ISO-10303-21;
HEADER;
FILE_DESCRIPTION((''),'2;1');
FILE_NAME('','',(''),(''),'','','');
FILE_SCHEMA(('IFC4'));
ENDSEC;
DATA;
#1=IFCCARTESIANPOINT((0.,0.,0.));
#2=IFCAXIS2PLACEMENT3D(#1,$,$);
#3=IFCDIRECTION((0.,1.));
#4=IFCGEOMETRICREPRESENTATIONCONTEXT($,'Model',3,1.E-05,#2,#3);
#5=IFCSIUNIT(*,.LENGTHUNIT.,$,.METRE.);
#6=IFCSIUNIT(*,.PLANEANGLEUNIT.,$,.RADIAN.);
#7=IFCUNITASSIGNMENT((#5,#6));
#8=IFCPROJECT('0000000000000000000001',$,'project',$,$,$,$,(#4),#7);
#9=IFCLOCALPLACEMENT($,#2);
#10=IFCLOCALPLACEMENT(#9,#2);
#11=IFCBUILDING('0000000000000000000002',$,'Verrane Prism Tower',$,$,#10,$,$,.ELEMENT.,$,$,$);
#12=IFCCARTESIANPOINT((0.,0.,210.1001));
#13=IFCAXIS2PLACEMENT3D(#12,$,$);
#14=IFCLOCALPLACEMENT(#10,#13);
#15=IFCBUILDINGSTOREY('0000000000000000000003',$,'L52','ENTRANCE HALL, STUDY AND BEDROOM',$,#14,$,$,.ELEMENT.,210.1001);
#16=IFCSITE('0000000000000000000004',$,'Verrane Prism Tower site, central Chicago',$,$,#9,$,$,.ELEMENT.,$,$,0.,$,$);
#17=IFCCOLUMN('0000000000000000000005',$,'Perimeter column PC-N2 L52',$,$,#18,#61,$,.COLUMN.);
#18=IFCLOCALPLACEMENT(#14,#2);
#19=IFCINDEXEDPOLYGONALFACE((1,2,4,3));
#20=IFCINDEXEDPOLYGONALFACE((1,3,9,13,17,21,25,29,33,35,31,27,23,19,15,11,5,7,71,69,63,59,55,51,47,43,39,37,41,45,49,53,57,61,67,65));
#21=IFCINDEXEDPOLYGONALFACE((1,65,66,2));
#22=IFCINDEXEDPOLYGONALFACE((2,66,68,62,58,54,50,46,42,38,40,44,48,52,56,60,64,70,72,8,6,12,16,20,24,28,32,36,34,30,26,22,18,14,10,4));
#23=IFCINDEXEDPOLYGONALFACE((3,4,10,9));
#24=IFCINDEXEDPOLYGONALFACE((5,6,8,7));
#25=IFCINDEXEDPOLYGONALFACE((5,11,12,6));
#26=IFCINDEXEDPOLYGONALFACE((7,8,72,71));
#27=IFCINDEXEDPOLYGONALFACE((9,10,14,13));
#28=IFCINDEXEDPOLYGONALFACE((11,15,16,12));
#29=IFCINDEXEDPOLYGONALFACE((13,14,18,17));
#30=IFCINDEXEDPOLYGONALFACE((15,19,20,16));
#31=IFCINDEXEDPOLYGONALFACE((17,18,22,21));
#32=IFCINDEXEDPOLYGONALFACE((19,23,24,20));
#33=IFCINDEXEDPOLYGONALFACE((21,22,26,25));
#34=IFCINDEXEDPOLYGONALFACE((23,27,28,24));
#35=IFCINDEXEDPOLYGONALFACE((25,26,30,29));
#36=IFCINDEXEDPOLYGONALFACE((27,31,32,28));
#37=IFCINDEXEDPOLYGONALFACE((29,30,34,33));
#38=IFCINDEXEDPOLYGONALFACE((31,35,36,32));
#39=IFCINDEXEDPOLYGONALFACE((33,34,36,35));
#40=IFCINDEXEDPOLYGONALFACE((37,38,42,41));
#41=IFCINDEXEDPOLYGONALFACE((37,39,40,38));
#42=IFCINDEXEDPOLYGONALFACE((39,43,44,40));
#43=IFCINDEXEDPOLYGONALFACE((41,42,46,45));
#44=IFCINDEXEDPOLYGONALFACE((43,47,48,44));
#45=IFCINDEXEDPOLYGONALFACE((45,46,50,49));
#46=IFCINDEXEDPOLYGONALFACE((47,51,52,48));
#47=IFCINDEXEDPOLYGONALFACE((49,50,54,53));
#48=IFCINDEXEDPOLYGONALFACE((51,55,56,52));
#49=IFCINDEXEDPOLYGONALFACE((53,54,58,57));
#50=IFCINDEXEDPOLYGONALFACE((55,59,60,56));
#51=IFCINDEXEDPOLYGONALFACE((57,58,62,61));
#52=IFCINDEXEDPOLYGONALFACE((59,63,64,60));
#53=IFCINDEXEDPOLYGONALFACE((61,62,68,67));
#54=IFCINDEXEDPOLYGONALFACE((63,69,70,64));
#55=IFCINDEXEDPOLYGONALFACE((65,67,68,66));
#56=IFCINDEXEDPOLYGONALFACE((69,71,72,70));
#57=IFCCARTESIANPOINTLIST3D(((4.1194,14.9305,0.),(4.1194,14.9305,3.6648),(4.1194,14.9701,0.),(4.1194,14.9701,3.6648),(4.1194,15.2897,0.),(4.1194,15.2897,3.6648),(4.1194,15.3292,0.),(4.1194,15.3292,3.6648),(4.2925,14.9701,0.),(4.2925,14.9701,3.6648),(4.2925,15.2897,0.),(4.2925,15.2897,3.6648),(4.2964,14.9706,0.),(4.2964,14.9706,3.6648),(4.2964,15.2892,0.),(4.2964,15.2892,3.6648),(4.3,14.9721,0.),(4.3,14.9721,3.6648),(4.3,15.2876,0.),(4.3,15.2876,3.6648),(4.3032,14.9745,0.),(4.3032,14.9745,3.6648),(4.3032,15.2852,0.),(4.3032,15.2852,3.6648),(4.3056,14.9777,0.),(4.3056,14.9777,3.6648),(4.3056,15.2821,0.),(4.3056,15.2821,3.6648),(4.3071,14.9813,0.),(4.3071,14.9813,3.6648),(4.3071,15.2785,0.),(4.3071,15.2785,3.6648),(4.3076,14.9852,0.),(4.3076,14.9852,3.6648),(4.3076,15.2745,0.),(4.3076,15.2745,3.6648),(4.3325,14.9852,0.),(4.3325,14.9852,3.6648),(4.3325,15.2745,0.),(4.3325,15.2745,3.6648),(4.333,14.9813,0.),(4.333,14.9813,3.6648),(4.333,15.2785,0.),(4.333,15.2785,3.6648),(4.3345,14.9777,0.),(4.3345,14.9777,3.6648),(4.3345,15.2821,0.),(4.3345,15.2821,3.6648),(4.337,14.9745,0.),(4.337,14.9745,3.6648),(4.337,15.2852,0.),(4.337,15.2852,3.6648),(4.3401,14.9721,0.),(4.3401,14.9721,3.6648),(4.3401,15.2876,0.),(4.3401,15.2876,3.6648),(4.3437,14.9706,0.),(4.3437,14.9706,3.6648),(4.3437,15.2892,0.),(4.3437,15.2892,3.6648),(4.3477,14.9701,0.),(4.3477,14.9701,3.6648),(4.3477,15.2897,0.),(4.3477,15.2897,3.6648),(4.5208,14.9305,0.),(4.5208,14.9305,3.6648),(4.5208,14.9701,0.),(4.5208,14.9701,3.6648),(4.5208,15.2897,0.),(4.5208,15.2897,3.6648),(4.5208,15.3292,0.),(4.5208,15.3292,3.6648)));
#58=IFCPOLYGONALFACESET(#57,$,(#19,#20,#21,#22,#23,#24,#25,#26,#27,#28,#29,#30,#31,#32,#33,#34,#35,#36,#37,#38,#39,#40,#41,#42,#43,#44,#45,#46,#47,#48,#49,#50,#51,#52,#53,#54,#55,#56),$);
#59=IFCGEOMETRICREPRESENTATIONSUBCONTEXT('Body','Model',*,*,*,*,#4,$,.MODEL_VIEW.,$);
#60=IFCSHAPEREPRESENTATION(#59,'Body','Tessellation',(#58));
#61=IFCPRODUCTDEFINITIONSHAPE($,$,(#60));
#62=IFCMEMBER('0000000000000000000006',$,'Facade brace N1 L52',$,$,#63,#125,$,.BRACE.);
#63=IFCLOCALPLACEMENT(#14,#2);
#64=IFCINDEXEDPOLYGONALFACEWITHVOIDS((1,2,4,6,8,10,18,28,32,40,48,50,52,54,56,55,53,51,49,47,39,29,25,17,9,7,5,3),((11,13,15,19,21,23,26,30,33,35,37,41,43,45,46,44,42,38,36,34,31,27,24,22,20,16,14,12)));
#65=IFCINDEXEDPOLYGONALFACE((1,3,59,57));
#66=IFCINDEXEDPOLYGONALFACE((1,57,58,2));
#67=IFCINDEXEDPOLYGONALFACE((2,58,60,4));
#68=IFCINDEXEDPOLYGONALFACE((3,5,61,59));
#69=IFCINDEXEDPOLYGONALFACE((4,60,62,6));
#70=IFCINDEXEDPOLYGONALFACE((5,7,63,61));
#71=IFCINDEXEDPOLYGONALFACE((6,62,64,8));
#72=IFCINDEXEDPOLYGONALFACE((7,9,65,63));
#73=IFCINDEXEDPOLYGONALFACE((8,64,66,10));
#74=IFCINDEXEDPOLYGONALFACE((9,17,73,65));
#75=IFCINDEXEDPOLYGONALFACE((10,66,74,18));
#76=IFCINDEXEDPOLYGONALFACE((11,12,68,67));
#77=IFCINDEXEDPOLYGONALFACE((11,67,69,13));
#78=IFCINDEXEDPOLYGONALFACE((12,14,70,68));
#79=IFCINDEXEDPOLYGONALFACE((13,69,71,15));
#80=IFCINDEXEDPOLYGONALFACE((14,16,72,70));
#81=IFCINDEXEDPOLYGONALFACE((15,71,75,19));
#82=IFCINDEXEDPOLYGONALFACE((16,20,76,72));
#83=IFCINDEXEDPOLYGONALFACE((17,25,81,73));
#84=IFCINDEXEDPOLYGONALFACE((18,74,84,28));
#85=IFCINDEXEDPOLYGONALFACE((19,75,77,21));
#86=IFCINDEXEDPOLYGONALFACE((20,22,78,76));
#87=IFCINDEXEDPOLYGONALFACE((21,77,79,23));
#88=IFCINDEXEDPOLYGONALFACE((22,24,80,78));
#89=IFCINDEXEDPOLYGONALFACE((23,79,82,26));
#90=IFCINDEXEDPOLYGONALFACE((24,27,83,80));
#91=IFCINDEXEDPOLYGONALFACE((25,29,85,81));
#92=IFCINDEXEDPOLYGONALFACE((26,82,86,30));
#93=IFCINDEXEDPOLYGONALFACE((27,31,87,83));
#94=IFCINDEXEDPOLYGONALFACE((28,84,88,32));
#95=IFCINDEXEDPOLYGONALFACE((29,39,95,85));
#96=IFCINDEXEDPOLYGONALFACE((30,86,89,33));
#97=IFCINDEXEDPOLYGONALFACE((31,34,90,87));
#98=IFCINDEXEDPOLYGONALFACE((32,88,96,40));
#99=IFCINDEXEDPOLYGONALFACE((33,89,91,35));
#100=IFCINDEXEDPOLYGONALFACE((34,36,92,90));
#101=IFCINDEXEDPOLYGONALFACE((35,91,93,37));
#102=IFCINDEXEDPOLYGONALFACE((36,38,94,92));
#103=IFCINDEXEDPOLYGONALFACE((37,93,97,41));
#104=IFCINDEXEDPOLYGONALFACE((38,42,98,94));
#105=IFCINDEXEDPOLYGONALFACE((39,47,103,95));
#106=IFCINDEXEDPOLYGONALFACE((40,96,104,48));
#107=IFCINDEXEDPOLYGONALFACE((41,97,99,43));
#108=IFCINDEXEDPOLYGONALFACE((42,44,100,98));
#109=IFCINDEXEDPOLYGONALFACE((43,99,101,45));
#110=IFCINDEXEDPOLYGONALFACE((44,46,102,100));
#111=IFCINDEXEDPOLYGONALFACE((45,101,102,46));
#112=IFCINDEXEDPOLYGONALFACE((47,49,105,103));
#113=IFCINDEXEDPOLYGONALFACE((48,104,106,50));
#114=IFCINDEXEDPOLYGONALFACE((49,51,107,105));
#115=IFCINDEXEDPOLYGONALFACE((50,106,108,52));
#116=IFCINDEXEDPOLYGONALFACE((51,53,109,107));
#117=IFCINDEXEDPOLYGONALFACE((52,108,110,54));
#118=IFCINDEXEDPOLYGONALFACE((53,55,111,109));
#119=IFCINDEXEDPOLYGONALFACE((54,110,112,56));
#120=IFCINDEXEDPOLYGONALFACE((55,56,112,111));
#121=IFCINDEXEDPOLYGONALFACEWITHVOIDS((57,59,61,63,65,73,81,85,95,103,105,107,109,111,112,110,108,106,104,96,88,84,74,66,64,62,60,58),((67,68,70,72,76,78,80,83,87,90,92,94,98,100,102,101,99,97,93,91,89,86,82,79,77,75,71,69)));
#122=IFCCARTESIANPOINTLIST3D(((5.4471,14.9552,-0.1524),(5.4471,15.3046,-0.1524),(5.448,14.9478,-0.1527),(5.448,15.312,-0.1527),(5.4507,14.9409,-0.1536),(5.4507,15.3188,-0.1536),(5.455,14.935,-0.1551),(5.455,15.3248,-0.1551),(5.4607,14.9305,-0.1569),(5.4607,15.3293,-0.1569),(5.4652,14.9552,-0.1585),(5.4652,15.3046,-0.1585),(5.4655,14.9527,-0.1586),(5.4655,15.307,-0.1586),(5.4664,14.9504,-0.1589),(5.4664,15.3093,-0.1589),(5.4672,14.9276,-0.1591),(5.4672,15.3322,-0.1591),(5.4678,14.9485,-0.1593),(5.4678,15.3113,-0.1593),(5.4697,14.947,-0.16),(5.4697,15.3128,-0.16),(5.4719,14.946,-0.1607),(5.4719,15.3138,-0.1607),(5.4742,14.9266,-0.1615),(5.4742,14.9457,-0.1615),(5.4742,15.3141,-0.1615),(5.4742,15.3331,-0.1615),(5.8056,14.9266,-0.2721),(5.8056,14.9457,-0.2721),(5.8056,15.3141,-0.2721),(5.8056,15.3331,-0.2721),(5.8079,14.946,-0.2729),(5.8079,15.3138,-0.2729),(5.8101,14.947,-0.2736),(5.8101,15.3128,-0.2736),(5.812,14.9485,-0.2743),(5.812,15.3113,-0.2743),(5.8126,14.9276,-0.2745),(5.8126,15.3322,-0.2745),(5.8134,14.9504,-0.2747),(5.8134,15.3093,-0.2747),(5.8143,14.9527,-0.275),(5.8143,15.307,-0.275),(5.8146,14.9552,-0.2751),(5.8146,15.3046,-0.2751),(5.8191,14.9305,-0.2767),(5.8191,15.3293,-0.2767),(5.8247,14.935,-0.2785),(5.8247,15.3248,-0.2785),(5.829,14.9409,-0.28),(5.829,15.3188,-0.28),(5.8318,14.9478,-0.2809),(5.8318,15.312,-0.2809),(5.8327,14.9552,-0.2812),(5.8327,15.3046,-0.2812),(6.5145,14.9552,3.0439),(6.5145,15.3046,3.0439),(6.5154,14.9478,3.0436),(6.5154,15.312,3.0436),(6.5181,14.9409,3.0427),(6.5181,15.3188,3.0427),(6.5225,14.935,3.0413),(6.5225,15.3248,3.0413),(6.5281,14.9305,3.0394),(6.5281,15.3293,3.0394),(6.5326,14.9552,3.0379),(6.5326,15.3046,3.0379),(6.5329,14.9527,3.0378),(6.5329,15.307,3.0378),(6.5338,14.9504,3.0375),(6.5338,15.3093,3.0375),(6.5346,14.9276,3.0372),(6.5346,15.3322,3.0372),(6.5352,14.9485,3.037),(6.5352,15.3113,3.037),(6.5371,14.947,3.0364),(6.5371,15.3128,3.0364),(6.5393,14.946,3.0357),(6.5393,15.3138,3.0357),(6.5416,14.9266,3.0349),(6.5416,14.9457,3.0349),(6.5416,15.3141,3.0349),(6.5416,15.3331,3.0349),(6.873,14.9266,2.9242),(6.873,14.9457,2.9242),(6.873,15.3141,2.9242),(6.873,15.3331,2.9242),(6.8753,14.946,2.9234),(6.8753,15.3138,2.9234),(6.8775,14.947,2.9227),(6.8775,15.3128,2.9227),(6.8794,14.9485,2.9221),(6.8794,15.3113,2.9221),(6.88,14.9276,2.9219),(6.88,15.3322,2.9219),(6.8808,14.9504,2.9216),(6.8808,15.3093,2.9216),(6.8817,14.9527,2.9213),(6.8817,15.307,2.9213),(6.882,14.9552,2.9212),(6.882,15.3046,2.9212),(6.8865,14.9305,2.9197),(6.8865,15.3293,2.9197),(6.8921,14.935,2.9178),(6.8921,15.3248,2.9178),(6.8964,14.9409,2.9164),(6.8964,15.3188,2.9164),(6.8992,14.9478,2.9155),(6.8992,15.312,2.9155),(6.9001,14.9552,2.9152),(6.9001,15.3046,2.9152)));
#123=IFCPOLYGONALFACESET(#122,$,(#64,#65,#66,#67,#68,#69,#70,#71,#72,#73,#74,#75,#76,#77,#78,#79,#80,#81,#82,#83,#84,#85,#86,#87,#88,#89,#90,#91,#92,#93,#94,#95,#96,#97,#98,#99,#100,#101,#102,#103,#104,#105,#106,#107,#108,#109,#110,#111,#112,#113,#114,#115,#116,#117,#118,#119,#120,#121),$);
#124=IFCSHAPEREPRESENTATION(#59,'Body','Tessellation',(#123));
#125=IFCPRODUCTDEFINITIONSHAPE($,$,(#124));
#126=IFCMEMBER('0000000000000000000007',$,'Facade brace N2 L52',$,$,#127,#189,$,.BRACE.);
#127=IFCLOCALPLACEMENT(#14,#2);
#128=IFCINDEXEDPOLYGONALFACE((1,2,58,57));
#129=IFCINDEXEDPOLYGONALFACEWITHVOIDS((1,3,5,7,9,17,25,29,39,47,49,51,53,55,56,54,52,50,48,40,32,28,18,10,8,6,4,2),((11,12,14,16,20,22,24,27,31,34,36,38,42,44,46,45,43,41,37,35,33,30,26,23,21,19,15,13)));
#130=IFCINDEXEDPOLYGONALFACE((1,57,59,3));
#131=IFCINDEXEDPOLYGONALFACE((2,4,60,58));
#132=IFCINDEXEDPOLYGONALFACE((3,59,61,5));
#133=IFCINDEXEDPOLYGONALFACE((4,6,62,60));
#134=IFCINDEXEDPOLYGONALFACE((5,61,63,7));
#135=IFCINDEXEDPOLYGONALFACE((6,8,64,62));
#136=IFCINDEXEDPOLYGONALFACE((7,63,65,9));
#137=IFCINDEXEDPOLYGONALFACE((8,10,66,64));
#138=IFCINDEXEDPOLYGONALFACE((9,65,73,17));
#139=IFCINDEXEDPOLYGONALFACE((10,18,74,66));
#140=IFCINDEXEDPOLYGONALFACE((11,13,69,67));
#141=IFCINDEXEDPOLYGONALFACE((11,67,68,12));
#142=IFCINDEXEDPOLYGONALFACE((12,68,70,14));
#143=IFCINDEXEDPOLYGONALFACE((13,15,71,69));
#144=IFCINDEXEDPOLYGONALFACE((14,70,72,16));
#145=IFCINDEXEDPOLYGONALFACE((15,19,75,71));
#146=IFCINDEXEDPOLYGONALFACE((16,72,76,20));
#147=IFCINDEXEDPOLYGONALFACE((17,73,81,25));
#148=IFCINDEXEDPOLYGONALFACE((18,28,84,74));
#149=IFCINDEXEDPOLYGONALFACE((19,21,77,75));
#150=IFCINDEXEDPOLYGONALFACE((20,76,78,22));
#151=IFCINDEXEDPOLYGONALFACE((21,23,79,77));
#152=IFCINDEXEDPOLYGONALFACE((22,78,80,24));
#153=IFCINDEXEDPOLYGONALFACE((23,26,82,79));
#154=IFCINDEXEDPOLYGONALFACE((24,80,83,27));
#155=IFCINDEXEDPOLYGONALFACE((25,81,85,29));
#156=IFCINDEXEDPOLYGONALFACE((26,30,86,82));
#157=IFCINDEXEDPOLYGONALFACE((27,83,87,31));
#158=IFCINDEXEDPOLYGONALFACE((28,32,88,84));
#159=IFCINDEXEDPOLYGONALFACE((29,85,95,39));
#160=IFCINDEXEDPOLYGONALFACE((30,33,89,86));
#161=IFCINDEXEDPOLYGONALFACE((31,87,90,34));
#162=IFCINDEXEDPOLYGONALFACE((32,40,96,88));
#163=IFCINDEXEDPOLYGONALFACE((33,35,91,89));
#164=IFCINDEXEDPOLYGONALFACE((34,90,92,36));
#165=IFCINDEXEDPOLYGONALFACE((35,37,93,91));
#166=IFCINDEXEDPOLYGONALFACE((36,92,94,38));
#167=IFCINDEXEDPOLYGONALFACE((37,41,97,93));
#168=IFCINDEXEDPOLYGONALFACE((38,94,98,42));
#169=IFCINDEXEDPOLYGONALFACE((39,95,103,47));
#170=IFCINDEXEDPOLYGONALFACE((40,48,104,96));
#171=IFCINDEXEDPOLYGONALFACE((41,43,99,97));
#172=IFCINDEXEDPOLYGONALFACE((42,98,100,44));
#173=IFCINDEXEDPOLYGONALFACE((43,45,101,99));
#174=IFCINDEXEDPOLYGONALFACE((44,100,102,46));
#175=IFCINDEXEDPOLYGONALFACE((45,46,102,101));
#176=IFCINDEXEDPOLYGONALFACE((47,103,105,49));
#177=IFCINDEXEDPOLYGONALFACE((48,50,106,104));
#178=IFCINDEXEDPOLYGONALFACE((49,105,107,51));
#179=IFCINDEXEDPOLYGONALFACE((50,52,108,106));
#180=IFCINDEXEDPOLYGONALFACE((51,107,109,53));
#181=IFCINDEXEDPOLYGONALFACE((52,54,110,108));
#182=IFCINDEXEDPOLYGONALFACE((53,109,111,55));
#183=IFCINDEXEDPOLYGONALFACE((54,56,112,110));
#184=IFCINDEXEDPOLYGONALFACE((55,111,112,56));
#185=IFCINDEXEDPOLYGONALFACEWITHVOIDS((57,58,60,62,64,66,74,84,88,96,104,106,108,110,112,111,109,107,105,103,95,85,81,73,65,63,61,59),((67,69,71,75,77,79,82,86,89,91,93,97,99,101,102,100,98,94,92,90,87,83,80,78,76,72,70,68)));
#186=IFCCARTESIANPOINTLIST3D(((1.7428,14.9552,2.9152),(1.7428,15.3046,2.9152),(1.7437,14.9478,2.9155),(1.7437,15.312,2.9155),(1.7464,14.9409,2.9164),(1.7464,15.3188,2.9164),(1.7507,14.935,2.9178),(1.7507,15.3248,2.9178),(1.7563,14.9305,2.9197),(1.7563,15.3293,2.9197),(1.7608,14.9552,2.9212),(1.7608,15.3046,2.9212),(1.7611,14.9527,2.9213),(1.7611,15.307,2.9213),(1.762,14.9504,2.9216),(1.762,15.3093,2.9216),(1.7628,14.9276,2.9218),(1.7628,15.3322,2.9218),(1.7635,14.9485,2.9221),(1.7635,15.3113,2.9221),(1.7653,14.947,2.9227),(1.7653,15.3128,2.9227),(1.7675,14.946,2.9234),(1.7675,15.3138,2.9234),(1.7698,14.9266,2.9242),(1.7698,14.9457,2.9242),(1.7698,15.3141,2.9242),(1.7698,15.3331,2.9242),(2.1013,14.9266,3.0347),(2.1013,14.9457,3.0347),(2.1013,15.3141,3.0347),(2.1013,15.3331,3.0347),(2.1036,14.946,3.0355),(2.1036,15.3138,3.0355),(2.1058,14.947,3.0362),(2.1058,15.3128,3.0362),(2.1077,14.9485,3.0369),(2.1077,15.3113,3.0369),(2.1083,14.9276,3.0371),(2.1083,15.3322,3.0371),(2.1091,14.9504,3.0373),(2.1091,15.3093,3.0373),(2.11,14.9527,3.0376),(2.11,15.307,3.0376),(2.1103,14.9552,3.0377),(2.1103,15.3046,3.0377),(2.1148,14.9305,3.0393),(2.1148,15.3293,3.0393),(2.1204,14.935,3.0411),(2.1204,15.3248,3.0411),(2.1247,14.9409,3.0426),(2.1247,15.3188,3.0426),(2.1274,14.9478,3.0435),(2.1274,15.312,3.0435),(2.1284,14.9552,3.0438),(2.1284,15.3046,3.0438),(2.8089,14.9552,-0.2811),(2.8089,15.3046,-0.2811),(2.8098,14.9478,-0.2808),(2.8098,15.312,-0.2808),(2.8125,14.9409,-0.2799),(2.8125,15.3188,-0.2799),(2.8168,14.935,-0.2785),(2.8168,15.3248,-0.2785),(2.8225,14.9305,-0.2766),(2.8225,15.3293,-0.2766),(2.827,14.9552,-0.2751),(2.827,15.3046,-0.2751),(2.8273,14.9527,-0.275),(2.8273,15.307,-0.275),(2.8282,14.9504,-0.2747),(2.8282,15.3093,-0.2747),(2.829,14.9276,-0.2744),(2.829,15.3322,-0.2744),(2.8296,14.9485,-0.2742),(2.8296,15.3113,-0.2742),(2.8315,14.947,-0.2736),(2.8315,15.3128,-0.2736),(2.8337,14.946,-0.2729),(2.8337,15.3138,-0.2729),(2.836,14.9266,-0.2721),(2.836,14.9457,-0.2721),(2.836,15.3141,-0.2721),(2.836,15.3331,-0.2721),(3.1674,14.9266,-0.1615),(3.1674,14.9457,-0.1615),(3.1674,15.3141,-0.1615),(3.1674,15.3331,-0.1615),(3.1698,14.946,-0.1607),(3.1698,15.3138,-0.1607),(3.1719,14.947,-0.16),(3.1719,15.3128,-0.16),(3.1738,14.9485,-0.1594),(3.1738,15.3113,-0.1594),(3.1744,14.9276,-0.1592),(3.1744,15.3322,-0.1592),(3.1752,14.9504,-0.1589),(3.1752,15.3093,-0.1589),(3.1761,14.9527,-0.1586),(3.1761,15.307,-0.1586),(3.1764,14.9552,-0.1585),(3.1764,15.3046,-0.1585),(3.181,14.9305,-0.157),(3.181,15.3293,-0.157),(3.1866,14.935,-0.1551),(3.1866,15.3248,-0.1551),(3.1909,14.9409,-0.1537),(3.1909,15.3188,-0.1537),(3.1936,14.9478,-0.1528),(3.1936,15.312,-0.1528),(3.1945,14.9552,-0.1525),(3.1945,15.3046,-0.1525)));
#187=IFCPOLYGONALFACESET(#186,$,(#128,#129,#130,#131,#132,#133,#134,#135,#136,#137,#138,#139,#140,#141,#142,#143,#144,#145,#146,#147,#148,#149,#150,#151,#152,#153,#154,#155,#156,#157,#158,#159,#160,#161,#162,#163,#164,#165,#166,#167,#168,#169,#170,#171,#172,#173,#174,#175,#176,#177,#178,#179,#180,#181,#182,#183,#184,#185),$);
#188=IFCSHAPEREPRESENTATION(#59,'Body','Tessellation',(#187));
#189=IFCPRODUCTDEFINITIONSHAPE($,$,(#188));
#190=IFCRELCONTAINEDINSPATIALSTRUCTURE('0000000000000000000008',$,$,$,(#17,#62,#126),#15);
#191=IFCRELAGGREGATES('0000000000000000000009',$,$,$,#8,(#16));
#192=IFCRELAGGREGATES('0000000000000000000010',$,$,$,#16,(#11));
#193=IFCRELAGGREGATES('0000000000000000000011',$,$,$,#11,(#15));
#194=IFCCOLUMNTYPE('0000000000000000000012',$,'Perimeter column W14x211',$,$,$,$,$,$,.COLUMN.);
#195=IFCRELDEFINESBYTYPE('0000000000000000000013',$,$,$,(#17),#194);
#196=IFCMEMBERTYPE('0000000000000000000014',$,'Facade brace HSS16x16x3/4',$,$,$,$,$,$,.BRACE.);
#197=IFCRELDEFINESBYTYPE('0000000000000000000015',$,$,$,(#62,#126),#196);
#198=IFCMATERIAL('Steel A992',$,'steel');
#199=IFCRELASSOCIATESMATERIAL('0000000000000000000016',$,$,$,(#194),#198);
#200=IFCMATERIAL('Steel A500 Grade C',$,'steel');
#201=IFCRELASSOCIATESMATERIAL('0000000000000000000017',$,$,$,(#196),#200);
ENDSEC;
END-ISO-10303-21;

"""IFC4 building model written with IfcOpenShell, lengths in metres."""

from ifc_helpers import new_model, si_unit, direction, frame, origin, origin_2d, place, context, subcontext, project, spatial, hollow_rectangle, i_section, extrude, material, material_profile, profile_set, type_object, element, save


model = new_model("IFC4")

# Units and contexts
model_context = context("Model", 3, precision=1e-05, world=origin(), true_north=direction((0.0, 1.0)))
body_context = subcontext(model_context, "Body", "Model", "MODEL_VIEW")
ifc_project = project(units=[si_unit("LENGTHUNIT", "METRE"), si_unit("PLANEANGLEUNIT", "RADIAN")], contexts=[model_context])

# Site, building, storey
site_placement = place(None, origin())
site = spatial("IfcSite", under=ifc_project, at=site_placement, Name="Verrane Prism Tower site, central Chicago", CompositionType="ELEMENT", RefElevation=0.0)
building_placement = place(site_placement, origin())
building = spatial("IfcBuilding", under=site, at=building_placement, Name="Verrane Prism Tower", CompositionType="ELEMENT")
storey_placement = place(building_placement, frame((0.0, 0.0, 210.1001)))
storey = spatial("IfcBuildingStorey", under=building, at=storey_placement, Name="L52", Description="ENTRANCE HALL, STUDY AND BEDROOM", CompositionType="ELEMENT", Elevation=210.1001)

# Column
ifc_material_1 = material(Name="Steel A992", Category="steel")
ifc_material_profile_1 = material_profile(ifc_material_1, i_section(OverallWidth=0.4014, OverallDepth=0.3987, WebThickness=0.0249, FlangeThickness=0.0396, FilletRadius=0.0151, at=origin_2d()), Name="W14x211")
ifc_profile_set_1 = profile_set([ifc_material_profile_1], Name="Steel A992")
column_type = type_object("IfcColumnType", Name="Perimeter column W14x211", PredefinedType="COLUMN", material=ifc_profile_set_1)
column_placement = place(storey_placement, frame((4.3201, 15.1299, 0.0), z_axis=(0.0, 0.0, 1.0), x_axis=(1.0, 0.0, 0.0)))
element("IfcColumn", 1, at=column_placement, inside=storey, type_object=column_type, Name="Perimeter column PC-N2 L52", PredefinedType="COLUMN", context=body_context, shape_type="SweptSolid", body=[
    extrude(i_section(OverallWidth=0.4014, OverallDepth=0.3987, WebThickness=0.0249, FlangeThickness=0.0396, FilletRadius=0.0151, at=origin_2d()), origin(), (0.0, 0.0, 1.0), 3.6648),
])

# Members
ifc_material_2 = material(Name="Steel A500 Grade C", Category="steel")
ifc_material_profile_2 = material_profile(ifc_material_2, hollow_rectangle(XDim=0.4065, YDim=0.4065, WallThickness=0.019, InnerFilletRadius=0.0095, OuterFilletRadius=0.0286, at=origin_2d()), Name="HSS16x16x3/4")
ifc_profile_set_2 = profile_set([ifc_material_profile_2], Name="Steel A500 Grade C")
member_type_1 = type_object("IfcMemberType", Name="Facade brace HSS16x16x3/4", PredefinedType="BRACE", material=ifc_profile_set_2)
member_1_placement = place(storey_placement, frame((5.6399, 15.1299, -0.2168), z_axis=(0.316749, 0.0, 0.948509), x_axis=(0.0, 1.0, 0.0)))
element("IfcMember", 2, at=member_1_placement, inside=storey, type_object=member_type_1, Name="Facade brace N1 L52", PredefinedType="BRACE", context=body_context, shape_type="SweptSolid", body=[
    extrude(hollow_rectangle(XDim=0.4065, YDim=0.4065, WallThickness=0.019, InnerFilletRadius=0.0095, OuterFilletRadius=0.0286, at=origin_2d()), origin(), (0.0, 0.0, 1.0), 3.3699),
])
member_2_placement = place(storey_placement, frame((3.0017, 15.1299, -0.2168), z_axis=(-0.316423, 0.0, 0.948618), x_axis=(0.0, -1.0, 0.0)))
element("IfcMember", 3, at=member_2_placement, inside=storey, type_object=member_type_1, Name="Facade brace N2 L52", PredefinedType="BRACE", context=body_context, shape_type="SweptSolid", body=[
    extrude(hollow_rectangle(XDim=0.4065, YDim=0.4065, WallThickness=0.019, InnerFilletRadius=0.0095, OuterFilletRadius=0.0286, at=origin_2d()), origin(), (0.0, 0.0, 1.0), 3.3694),
])

save(model, "model.ifc")
